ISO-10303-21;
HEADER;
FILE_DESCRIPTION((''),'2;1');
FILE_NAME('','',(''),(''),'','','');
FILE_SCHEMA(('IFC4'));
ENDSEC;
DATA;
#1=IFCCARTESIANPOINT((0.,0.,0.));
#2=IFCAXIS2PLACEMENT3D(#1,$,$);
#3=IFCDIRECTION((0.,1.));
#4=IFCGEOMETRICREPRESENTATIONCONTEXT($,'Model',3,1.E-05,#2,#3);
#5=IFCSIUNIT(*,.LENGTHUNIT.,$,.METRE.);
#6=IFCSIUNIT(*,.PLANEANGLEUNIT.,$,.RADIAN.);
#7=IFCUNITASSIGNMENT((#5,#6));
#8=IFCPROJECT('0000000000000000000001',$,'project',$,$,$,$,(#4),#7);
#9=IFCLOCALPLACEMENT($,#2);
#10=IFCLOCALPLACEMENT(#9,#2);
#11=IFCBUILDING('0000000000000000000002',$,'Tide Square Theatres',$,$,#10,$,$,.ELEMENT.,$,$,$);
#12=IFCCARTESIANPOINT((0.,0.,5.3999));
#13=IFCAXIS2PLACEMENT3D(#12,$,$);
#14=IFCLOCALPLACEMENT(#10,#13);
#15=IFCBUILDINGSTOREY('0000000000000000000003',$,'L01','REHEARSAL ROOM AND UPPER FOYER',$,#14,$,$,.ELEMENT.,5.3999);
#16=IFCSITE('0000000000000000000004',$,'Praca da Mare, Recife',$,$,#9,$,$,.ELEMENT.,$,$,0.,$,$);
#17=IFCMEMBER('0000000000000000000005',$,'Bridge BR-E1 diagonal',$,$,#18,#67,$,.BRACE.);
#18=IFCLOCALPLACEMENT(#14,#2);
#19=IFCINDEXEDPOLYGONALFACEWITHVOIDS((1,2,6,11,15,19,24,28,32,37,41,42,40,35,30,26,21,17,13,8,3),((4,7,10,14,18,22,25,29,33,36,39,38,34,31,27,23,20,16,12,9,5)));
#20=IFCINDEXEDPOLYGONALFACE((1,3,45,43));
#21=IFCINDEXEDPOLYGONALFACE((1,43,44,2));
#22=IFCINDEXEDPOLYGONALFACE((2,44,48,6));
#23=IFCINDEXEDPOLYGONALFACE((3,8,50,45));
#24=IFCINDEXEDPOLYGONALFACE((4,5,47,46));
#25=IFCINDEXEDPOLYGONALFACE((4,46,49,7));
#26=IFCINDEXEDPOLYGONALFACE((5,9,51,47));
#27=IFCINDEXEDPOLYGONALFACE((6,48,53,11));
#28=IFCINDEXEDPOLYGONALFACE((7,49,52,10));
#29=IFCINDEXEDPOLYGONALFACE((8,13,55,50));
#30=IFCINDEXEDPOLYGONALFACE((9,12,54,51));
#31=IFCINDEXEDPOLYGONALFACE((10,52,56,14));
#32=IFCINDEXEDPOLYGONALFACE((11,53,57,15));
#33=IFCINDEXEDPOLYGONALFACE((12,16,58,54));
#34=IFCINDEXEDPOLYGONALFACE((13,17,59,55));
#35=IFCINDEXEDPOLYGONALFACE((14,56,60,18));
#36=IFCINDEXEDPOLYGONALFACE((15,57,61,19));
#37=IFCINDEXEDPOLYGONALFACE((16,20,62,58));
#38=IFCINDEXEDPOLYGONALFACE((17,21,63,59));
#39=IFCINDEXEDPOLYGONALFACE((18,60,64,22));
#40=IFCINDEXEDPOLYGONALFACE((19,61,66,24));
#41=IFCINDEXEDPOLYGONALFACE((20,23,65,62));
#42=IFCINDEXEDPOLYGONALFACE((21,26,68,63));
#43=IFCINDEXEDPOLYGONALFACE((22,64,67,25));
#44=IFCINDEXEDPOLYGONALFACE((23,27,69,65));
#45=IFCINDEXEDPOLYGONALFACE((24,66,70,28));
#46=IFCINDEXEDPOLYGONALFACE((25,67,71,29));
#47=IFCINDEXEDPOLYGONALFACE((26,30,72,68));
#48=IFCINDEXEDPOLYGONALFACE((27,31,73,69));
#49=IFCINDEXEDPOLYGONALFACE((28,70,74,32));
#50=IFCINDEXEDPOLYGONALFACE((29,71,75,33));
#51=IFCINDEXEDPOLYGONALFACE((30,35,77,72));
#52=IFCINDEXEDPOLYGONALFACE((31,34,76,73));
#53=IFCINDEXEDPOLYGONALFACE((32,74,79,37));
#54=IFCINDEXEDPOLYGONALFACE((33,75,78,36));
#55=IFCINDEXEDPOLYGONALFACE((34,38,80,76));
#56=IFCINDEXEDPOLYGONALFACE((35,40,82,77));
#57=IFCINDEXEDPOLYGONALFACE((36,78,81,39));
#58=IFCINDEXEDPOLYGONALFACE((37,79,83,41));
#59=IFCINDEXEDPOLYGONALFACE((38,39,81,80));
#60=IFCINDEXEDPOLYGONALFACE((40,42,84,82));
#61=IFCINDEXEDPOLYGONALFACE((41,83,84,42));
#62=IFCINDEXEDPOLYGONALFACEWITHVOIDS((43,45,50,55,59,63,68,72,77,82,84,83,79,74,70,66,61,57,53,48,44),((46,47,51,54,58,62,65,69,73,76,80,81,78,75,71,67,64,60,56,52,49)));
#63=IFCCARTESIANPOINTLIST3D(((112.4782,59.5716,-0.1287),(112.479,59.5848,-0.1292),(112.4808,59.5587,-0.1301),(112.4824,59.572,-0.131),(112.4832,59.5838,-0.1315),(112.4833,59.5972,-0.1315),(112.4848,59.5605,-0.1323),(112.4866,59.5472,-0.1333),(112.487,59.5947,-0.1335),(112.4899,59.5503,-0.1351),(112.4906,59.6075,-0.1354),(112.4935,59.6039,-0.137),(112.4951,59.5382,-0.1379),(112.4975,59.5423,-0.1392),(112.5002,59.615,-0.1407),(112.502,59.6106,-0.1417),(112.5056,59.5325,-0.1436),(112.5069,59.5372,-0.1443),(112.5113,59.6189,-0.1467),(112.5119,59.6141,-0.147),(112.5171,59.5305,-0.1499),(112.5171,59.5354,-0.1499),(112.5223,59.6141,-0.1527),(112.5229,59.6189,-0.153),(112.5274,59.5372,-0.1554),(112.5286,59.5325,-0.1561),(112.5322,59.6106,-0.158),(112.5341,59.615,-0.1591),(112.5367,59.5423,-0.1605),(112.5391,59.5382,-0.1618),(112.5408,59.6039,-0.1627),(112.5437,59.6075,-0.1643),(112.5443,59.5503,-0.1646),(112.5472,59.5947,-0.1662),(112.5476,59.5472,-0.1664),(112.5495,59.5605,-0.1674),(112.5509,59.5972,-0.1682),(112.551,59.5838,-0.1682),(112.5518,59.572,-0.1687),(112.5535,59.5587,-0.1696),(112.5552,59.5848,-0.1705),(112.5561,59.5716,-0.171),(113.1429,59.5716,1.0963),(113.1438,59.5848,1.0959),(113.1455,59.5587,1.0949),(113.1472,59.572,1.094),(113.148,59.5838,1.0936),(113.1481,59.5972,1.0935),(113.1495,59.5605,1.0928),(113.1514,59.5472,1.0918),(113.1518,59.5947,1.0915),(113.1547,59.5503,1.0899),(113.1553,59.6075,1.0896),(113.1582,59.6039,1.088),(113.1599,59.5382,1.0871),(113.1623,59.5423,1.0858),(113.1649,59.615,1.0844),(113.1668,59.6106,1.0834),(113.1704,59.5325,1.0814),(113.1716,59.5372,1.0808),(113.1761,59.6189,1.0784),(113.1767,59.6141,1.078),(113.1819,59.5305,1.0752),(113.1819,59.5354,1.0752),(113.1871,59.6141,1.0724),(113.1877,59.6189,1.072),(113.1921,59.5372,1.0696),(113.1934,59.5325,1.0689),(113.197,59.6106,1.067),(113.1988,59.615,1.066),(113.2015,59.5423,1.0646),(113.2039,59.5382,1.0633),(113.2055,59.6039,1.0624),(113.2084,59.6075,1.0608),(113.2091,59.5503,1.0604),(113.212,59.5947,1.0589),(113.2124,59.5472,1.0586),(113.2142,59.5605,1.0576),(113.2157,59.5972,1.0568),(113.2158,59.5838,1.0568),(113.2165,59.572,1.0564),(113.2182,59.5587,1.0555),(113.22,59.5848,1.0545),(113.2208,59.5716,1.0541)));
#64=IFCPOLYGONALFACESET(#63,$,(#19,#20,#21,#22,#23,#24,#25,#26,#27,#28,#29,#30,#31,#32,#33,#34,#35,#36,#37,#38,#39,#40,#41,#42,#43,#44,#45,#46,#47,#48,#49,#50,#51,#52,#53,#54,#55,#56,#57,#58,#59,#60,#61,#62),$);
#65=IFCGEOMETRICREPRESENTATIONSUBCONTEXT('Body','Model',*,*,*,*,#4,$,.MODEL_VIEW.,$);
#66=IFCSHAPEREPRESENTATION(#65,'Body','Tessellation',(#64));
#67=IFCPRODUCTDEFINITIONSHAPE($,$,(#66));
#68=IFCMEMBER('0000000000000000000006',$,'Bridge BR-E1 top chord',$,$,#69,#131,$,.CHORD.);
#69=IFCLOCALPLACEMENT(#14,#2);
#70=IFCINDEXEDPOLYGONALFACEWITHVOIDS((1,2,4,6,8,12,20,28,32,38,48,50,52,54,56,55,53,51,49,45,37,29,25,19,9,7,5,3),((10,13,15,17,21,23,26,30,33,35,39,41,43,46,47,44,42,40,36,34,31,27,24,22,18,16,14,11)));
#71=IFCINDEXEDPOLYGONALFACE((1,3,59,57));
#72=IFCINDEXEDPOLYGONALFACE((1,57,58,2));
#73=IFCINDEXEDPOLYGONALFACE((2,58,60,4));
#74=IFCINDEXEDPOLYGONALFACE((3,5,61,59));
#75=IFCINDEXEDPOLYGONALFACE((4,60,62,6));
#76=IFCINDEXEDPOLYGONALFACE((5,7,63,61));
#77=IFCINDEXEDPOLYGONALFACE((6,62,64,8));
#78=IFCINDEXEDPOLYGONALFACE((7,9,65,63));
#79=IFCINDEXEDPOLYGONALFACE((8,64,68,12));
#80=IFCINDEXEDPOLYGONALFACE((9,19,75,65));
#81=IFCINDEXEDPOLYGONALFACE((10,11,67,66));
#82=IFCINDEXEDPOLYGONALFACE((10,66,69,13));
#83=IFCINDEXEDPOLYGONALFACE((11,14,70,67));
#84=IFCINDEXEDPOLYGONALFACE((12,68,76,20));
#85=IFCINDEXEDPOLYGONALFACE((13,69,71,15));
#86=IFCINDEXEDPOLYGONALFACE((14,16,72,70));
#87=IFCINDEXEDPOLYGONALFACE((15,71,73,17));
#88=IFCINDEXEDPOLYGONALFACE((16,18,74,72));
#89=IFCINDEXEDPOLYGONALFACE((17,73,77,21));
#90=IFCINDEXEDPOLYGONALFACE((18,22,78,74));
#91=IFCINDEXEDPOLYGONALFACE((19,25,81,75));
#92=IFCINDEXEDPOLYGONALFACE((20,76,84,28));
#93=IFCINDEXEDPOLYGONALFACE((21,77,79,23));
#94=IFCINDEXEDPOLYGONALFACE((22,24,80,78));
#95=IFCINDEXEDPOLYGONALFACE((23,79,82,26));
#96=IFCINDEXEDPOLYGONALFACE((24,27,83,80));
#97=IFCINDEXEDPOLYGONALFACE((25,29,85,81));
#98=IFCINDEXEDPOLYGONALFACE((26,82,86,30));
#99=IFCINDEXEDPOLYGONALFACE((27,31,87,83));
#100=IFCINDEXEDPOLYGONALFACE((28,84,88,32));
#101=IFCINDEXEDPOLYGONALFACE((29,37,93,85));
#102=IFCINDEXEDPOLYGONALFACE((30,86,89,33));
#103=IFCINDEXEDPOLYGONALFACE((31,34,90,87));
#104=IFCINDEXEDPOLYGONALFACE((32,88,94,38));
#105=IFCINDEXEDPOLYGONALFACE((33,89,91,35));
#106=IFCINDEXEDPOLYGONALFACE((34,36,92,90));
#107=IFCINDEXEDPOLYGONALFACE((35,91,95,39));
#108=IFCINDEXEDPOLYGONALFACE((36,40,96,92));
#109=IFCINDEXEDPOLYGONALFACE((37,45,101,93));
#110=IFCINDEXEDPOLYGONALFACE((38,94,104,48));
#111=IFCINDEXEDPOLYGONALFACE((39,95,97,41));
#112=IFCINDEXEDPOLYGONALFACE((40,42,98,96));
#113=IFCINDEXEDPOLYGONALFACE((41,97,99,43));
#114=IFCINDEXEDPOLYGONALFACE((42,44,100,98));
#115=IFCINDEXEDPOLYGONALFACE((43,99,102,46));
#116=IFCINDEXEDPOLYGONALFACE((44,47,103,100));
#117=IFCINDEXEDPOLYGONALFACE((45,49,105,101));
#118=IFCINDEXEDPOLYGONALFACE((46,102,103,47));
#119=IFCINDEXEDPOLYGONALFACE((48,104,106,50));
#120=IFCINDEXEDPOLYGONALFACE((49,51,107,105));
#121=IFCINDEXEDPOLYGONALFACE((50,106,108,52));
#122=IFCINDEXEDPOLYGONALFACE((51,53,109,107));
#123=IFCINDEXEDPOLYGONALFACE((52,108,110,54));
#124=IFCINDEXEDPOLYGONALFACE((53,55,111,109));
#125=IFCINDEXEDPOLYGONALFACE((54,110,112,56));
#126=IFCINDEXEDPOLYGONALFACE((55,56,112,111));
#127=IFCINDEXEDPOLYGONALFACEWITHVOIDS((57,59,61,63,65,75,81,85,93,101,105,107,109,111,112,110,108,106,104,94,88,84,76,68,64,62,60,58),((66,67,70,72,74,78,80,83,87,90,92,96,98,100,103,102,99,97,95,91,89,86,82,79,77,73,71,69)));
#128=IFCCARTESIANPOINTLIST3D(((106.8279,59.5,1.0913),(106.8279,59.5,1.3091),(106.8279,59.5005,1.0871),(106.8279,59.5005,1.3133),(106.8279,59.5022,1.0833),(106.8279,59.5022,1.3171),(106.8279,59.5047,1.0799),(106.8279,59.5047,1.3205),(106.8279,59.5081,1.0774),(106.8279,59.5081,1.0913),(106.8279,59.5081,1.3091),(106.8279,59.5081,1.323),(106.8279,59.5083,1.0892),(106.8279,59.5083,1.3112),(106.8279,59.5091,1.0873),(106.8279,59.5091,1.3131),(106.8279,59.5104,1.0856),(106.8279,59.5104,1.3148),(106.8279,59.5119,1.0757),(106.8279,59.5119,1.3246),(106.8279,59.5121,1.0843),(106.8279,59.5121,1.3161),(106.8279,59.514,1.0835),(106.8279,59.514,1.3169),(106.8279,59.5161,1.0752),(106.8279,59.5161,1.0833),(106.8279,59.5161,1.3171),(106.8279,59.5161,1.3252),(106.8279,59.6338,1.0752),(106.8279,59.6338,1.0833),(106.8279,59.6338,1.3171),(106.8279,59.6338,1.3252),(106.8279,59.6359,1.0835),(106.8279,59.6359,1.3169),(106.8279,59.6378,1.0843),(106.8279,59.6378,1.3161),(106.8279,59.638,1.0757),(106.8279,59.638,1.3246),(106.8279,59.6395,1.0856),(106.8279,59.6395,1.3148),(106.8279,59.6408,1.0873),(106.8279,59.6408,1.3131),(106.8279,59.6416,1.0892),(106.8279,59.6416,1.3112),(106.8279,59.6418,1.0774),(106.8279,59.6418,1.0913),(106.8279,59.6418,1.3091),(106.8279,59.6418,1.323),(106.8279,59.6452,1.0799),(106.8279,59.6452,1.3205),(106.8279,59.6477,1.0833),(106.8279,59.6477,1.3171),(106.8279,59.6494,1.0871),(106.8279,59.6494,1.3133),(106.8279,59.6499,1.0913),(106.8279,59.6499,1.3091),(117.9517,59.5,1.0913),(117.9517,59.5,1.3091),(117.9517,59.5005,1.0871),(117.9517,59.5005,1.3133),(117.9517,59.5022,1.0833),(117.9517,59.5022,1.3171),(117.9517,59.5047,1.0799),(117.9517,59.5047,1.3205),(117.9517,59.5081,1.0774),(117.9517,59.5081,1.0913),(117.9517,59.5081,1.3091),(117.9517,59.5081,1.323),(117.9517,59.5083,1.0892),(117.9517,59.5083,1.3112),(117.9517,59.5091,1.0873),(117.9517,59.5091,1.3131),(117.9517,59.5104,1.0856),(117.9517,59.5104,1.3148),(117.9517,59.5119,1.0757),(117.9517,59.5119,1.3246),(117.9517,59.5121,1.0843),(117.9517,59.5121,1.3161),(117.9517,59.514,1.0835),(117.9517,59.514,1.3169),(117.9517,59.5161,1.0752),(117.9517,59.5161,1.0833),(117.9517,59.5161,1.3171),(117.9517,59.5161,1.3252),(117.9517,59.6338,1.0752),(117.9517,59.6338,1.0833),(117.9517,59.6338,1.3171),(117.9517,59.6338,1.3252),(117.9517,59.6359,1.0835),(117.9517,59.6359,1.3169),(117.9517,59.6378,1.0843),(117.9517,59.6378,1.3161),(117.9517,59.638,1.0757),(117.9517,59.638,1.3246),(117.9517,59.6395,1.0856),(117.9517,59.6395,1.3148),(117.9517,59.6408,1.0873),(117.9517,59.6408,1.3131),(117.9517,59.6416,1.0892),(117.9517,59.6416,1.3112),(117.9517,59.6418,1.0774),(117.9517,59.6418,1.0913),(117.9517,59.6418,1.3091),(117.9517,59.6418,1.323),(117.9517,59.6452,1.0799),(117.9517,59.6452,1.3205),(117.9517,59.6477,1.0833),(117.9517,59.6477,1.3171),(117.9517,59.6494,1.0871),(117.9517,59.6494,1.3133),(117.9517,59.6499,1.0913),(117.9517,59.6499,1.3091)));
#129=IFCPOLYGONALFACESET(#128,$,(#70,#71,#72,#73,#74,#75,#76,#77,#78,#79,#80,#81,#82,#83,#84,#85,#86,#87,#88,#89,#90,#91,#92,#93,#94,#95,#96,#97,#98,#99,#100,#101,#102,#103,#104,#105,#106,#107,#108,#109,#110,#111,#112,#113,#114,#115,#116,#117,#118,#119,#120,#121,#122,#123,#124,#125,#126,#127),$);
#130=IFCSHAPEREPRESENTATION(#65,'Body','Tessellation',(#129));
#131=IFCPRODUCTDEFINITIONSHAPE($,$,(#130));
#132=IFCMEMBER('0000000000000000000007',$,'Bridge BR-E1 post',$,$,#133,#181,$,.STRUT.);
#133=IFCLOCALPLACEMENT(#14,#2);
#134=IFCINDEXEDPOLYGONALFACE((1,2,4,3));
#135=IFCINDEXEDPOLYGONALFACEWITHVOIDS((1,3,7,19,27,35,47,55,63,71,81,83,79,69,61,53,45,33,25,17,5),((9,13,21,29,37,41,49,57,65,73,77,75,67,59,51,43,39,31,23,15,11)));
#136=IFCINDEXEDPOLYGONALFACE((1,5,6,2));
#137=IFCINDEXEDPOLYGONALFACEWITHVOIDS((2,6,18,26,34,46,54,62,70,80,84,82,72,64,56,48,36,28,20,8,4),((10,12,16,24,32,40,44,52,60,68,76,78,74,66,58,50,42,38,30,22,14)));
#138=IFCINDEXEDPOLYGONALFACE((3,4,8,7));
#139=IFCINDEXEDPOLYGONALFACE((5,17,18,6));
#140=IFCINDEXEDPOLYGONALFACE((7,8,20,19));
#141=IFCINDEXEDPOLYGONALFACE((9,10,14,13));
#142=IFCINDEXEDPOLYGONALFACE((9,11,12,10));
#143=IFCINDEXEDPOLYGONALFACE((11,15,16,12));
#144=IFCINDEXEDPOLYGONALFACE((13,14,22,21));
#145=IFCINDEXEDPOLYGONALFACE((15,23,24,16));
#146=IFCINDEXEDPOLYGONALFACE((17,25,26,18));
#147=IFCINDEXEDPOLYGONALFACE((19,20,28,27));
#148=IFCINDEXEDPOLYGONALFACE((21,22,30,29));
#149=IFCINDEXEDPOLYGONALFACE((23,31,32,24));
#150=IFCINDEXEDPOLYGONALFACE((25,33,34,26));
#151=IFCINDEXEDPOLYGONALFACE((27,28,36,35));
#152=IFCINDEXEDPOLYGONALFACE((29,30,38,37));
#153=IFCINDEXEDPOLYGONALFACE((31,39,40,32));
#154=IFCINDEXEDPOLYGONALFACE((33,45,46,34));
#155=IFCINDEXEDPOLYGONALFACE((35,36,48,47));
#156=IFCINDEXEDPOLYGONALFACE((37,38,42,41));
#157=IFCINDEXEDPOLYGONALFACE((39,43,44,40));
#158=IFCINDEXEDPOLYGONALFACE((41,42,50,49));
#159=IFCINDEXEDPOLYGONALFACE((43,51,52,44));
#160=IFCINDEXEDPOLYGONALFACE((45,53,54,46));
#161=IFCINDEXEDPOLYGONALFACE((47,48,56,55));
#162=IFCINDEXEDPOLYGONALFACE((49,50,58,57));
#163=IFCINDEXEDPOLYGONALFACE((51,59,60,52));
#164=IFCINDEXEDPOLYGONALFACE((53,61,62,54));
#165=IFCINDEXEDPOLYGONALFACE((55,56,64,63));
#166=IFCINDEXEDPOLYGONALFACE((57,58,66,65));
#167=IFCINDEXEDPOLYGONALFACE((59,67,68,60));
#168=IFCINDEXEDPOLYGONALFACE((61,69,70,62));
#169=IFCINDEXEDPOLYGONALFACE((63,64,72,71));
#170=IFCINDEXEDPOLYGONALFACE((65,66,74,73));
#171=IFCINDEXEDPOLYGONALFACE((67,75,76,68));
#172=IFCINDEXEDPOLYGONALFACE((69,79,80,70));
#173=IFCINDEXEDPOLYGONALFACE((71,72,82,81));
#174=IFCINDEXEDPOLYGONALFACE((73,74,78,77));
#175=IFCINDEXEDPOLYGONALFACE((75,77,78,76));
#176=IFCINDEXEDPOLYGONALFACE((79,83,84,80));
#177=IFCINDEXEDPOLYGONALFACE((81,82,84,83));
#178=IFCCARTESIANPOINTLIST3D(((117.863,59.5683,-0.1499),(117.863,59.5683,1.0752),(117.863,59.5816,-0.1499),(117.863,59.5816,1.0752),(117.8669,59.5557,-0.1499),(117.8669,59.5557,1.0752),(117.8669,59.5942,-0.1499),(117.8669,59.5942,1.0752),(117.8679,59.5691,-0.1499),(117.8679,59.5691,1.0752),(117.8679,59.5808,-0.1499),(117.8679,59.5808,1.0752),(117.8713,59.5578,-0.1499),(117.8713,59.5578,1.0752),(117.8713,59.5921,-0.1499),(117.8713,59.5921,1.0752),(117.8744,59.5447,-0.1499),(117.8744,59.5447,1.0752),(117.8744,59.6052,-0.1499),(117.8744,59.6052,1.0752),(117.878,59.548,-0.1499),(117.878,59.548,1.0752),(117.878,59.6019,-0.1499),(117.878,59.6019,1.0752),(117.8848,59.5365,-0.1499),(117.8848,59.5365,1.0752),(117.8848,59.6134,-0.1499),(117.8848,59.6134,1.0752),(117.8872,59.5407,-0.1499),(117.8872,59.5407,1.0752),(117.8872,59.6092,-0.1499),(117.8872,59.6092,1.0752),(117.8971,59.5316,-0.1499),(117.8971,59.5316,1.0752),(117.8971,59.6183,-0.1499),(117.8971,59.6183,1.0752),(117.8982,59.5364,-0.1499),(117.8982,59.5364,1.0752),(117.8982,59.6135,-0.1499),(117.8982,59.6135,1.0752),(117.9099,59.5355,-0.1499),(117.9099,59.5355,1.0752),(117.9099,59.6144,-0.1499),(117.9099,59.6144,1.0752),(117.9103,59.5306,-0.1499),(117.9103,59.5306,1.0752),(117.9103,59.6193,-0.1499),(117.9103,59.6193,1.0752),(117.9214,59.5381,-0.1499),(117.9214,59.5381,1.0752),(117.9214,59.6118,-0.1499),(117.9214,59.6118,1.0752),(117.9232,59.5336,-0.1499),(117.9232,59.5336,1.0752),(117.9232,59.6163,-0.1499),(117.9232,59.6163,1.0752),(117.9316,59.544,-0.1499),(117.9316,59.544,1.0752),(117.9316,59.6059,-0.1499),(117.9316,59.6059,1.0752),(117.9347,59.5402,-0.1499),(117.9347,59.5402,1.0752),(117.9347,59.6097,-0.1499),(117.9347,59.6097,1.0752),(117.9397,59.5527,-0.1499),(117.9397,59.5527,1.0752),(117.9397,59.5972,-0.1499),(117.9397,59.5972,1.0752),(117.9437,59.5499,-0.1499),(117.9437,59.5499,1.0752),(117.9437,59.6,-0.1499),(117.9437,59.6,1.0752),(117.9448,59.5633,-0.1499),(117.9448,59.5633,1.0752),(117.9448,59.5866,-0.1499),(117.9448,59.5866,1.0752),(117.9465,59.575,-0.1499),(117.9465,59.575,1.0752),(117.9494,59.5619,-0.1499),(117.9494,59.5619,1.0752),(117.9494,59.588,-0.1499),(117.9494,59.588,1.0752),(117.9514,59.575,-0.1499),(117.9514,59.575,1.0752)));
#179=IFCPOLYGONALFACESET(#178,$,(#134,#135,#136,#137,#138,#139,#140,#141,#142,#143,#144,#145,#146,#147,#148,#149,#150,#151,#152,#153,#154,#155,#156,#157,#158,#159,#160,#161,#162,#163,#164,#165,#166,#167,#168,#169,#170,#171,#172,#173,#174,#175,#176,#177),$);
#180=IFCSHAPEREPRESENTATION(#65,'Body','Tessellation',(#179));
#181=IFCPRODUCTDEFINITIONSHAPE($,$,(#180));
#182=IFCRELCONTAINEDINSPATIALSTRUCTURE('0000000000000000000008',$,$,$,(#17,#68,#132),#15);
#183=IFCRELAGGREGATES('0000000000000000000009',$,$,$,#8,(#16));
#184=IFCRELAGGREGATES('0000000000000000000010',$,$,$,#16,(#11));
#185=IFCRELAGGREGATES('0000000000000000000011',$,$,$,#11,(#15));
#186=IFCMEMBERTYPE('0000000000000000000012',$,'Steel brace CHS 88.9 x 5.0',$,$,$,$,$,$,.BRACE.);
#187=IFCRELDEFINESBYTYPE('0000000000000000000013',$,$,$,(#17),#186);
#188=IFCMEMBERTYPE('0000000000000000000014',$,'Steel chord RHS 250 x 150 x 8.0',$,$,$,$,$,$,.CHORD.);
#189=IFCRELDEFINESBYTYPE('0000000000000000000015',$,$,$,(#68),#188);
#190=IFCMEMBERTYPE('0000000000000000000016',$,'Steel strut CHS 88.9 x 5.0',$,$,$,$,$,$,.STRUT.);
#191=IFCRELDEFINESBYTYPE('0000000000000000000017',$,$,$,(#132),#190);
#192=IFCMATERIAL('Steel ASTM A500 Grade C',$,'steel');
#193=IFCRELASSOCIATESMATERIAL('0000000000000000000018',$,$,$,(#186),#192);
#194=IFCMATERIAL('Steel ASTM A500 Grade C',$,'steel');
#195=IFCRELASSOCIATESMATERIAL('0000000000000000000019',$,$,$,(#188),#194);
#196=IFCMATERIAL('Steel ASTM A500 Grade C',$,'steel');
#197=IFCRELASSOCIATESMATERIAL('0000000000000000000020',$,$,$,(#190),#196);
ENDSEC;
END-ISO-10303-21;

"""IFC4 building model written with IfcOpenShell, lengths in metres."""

from ifc_helpers import new_model, si_unit, direction, frame, origin, origin_2d, place, context, subcontext, project, spatial, hollow_rectangle, hollow_circle, extrude, material, material_profile, profile_set, type_object, element, save


model = new_model("IFC4")

# Units and contexts
model_context = context("Model", 3, precision=1e-05, world=origin(), true_north=direction((0.0, 1.0)))
body_context = subcontext(model_context, "Body", "Model", "MODEL_VIEW")
ifc_project = project(units=[si_unit("LENGTHUNIT", "METRE"), si_unit("PLANEANGLEUNIT", "RADIAN")], contexts=[model_context])

# Site, building, storey
site_placement = place(None, origin())
site = spatial("IfcSite", under=ifc_project, at=site_placement, Name="Praca da Mare, Recife", CompositionType="ELEMENT", RefElevation=0.0)
building_placement = place(site_placement, origin())
building = spatial("IfcBuilding", under=site, at=building_placement, Name="Tide Square Theatres", CompositionType="ELEMENT")
storey_placement = place(building_placement, frame((0.0, 0.0, 5.3999)))
storey = spatial("IfcBuildingStorey", under=building, at=storey_placement, Name="L01", Description="REHEARSAL ROOM AND UPPER FOYER", CompositionType="ELEMENT", Elevation=5.3999)

# Members
ifc_material_1 = material(Name="Steel ASTM A500 Grade C", Category="steel")
ifc_material_profile_1 = material_profile(ifc_material_1, hollow_circle(Radius=0.0444, WallThickness=0.0049, at=origin_2d()))
ifc_profile_set_1 = profile_set([ifc_material_profile_1], Name="Steel ASTM A500 Grade C")
member_type_1 = type_object("IfcMemberType", Name="Steel brace CHS 88.9 x 5.0", PredefinedType="BRACE", material=ifc_profile_set_1)
member_1_placement = place(storey_placement, frame((113.1819, 59.575, 1.0752), z_axis=(-0.476949, 0.0, -0.878931), x_axis=(0.0, -1.0, 0.0)))
element("IfcMember", 1, at=member_1_placement, inside=storey, type_object=member_type_1, Name="Bridge BR-E1 diagonal", PredefinedType="BRACE", context=body_context, shape_type="SweptSolid", body=[
    extrude(hollow_circle(Radius=0.0444, WallThickness=0.0049, at=origin_2d()), origin(), (0.0, 0.0, 1.0), 1.3938),
])
ifc_material_2 = material(Name="Steel ASTM A500 Grade C", Category="steel")
ifc_material_profile_2 = material_profile(ifc_material_2, hollow_rectangle(XDim=0.1499, YDim=0.25, WallThickness=0.0081, InnerFilletRadius=0.0081, OuterFilletRadius=0.0161, at=origin_2d()))
ifc_profile_set_2 = profile_set([ifc_material_profile_2], Name="Steel ASTM A500 Grade C")
member_type_2 = type_object("IfcMemberType", Name="Steel chord RHS 250 x 150 x 8.0", PredefinedType="CHORD", material=ifc_profile_set_2)
member_2_placement = place(storey_placement, frame((117.9517, 59.575, 1.2002), z_axis=(-1.0, 0.0, 0.0), x_axis=(0.0, -1.0, 0.0)))
element("IfcMember", 2, at=member_2_placement, inside=storey, type_object=member_type_2, Name="Bridge BR-E1 top chord", PredefinedType="CHORD", context=body_context, shape_type="SweptSolid", body=[
    extrude(hollow_rectangle(XDim=0.1499, YDim=0.25, WallThickness=0.0081, InnerFilletRadius=0.0081, OuterFilletRadius=0.0161, at=origin_2d()), origin(), (0.0, 0.0, 1.0), 11.1238),
])
ifc_material_3 = material(Name="Steel ASTM A500 Grade C", Category="steel")
ifc_material_profile_3 = material_profile(ifc_material_3, hollow_circle(Radius=0.0444, WallThickness=0.0049, at=origin_2d()))
ifc_profile_set_3 = profile_set([ifc_material_profile_3], Name="Steel ASTM A500 Grade C")
member_type_3 = type_object("IfcMemberType", Name="Steel strut CHS 88.9 x 5.0", PredefinedType="STRUT", material=ifc_profile_set_3)
for number, where, z_axis, x_axis, name in (
    (3, (117.907, 59.575, -0.1499), (0.0, 0.0, 1.0), (1.0, 0.0, 0.0), "Bridge BR-E1 post"),
):
    element("IfcMember", number, at=place(storey_placement, frame(where, z_axis=z_axis, x_axis=x_axis)), inside=storey, type_object=member_type_3, Name=name, PredefinedType="STRUT", context=body_context, shape_type="SweptSolid", body=[
        extrude(hollow_circle(Radius=0.0444, WallThickness=0.0049, at=origin_2d()), origin(), (0.0, 0.0, 1.0), 1.2251),
    ])

save(model, "model.ifc")
